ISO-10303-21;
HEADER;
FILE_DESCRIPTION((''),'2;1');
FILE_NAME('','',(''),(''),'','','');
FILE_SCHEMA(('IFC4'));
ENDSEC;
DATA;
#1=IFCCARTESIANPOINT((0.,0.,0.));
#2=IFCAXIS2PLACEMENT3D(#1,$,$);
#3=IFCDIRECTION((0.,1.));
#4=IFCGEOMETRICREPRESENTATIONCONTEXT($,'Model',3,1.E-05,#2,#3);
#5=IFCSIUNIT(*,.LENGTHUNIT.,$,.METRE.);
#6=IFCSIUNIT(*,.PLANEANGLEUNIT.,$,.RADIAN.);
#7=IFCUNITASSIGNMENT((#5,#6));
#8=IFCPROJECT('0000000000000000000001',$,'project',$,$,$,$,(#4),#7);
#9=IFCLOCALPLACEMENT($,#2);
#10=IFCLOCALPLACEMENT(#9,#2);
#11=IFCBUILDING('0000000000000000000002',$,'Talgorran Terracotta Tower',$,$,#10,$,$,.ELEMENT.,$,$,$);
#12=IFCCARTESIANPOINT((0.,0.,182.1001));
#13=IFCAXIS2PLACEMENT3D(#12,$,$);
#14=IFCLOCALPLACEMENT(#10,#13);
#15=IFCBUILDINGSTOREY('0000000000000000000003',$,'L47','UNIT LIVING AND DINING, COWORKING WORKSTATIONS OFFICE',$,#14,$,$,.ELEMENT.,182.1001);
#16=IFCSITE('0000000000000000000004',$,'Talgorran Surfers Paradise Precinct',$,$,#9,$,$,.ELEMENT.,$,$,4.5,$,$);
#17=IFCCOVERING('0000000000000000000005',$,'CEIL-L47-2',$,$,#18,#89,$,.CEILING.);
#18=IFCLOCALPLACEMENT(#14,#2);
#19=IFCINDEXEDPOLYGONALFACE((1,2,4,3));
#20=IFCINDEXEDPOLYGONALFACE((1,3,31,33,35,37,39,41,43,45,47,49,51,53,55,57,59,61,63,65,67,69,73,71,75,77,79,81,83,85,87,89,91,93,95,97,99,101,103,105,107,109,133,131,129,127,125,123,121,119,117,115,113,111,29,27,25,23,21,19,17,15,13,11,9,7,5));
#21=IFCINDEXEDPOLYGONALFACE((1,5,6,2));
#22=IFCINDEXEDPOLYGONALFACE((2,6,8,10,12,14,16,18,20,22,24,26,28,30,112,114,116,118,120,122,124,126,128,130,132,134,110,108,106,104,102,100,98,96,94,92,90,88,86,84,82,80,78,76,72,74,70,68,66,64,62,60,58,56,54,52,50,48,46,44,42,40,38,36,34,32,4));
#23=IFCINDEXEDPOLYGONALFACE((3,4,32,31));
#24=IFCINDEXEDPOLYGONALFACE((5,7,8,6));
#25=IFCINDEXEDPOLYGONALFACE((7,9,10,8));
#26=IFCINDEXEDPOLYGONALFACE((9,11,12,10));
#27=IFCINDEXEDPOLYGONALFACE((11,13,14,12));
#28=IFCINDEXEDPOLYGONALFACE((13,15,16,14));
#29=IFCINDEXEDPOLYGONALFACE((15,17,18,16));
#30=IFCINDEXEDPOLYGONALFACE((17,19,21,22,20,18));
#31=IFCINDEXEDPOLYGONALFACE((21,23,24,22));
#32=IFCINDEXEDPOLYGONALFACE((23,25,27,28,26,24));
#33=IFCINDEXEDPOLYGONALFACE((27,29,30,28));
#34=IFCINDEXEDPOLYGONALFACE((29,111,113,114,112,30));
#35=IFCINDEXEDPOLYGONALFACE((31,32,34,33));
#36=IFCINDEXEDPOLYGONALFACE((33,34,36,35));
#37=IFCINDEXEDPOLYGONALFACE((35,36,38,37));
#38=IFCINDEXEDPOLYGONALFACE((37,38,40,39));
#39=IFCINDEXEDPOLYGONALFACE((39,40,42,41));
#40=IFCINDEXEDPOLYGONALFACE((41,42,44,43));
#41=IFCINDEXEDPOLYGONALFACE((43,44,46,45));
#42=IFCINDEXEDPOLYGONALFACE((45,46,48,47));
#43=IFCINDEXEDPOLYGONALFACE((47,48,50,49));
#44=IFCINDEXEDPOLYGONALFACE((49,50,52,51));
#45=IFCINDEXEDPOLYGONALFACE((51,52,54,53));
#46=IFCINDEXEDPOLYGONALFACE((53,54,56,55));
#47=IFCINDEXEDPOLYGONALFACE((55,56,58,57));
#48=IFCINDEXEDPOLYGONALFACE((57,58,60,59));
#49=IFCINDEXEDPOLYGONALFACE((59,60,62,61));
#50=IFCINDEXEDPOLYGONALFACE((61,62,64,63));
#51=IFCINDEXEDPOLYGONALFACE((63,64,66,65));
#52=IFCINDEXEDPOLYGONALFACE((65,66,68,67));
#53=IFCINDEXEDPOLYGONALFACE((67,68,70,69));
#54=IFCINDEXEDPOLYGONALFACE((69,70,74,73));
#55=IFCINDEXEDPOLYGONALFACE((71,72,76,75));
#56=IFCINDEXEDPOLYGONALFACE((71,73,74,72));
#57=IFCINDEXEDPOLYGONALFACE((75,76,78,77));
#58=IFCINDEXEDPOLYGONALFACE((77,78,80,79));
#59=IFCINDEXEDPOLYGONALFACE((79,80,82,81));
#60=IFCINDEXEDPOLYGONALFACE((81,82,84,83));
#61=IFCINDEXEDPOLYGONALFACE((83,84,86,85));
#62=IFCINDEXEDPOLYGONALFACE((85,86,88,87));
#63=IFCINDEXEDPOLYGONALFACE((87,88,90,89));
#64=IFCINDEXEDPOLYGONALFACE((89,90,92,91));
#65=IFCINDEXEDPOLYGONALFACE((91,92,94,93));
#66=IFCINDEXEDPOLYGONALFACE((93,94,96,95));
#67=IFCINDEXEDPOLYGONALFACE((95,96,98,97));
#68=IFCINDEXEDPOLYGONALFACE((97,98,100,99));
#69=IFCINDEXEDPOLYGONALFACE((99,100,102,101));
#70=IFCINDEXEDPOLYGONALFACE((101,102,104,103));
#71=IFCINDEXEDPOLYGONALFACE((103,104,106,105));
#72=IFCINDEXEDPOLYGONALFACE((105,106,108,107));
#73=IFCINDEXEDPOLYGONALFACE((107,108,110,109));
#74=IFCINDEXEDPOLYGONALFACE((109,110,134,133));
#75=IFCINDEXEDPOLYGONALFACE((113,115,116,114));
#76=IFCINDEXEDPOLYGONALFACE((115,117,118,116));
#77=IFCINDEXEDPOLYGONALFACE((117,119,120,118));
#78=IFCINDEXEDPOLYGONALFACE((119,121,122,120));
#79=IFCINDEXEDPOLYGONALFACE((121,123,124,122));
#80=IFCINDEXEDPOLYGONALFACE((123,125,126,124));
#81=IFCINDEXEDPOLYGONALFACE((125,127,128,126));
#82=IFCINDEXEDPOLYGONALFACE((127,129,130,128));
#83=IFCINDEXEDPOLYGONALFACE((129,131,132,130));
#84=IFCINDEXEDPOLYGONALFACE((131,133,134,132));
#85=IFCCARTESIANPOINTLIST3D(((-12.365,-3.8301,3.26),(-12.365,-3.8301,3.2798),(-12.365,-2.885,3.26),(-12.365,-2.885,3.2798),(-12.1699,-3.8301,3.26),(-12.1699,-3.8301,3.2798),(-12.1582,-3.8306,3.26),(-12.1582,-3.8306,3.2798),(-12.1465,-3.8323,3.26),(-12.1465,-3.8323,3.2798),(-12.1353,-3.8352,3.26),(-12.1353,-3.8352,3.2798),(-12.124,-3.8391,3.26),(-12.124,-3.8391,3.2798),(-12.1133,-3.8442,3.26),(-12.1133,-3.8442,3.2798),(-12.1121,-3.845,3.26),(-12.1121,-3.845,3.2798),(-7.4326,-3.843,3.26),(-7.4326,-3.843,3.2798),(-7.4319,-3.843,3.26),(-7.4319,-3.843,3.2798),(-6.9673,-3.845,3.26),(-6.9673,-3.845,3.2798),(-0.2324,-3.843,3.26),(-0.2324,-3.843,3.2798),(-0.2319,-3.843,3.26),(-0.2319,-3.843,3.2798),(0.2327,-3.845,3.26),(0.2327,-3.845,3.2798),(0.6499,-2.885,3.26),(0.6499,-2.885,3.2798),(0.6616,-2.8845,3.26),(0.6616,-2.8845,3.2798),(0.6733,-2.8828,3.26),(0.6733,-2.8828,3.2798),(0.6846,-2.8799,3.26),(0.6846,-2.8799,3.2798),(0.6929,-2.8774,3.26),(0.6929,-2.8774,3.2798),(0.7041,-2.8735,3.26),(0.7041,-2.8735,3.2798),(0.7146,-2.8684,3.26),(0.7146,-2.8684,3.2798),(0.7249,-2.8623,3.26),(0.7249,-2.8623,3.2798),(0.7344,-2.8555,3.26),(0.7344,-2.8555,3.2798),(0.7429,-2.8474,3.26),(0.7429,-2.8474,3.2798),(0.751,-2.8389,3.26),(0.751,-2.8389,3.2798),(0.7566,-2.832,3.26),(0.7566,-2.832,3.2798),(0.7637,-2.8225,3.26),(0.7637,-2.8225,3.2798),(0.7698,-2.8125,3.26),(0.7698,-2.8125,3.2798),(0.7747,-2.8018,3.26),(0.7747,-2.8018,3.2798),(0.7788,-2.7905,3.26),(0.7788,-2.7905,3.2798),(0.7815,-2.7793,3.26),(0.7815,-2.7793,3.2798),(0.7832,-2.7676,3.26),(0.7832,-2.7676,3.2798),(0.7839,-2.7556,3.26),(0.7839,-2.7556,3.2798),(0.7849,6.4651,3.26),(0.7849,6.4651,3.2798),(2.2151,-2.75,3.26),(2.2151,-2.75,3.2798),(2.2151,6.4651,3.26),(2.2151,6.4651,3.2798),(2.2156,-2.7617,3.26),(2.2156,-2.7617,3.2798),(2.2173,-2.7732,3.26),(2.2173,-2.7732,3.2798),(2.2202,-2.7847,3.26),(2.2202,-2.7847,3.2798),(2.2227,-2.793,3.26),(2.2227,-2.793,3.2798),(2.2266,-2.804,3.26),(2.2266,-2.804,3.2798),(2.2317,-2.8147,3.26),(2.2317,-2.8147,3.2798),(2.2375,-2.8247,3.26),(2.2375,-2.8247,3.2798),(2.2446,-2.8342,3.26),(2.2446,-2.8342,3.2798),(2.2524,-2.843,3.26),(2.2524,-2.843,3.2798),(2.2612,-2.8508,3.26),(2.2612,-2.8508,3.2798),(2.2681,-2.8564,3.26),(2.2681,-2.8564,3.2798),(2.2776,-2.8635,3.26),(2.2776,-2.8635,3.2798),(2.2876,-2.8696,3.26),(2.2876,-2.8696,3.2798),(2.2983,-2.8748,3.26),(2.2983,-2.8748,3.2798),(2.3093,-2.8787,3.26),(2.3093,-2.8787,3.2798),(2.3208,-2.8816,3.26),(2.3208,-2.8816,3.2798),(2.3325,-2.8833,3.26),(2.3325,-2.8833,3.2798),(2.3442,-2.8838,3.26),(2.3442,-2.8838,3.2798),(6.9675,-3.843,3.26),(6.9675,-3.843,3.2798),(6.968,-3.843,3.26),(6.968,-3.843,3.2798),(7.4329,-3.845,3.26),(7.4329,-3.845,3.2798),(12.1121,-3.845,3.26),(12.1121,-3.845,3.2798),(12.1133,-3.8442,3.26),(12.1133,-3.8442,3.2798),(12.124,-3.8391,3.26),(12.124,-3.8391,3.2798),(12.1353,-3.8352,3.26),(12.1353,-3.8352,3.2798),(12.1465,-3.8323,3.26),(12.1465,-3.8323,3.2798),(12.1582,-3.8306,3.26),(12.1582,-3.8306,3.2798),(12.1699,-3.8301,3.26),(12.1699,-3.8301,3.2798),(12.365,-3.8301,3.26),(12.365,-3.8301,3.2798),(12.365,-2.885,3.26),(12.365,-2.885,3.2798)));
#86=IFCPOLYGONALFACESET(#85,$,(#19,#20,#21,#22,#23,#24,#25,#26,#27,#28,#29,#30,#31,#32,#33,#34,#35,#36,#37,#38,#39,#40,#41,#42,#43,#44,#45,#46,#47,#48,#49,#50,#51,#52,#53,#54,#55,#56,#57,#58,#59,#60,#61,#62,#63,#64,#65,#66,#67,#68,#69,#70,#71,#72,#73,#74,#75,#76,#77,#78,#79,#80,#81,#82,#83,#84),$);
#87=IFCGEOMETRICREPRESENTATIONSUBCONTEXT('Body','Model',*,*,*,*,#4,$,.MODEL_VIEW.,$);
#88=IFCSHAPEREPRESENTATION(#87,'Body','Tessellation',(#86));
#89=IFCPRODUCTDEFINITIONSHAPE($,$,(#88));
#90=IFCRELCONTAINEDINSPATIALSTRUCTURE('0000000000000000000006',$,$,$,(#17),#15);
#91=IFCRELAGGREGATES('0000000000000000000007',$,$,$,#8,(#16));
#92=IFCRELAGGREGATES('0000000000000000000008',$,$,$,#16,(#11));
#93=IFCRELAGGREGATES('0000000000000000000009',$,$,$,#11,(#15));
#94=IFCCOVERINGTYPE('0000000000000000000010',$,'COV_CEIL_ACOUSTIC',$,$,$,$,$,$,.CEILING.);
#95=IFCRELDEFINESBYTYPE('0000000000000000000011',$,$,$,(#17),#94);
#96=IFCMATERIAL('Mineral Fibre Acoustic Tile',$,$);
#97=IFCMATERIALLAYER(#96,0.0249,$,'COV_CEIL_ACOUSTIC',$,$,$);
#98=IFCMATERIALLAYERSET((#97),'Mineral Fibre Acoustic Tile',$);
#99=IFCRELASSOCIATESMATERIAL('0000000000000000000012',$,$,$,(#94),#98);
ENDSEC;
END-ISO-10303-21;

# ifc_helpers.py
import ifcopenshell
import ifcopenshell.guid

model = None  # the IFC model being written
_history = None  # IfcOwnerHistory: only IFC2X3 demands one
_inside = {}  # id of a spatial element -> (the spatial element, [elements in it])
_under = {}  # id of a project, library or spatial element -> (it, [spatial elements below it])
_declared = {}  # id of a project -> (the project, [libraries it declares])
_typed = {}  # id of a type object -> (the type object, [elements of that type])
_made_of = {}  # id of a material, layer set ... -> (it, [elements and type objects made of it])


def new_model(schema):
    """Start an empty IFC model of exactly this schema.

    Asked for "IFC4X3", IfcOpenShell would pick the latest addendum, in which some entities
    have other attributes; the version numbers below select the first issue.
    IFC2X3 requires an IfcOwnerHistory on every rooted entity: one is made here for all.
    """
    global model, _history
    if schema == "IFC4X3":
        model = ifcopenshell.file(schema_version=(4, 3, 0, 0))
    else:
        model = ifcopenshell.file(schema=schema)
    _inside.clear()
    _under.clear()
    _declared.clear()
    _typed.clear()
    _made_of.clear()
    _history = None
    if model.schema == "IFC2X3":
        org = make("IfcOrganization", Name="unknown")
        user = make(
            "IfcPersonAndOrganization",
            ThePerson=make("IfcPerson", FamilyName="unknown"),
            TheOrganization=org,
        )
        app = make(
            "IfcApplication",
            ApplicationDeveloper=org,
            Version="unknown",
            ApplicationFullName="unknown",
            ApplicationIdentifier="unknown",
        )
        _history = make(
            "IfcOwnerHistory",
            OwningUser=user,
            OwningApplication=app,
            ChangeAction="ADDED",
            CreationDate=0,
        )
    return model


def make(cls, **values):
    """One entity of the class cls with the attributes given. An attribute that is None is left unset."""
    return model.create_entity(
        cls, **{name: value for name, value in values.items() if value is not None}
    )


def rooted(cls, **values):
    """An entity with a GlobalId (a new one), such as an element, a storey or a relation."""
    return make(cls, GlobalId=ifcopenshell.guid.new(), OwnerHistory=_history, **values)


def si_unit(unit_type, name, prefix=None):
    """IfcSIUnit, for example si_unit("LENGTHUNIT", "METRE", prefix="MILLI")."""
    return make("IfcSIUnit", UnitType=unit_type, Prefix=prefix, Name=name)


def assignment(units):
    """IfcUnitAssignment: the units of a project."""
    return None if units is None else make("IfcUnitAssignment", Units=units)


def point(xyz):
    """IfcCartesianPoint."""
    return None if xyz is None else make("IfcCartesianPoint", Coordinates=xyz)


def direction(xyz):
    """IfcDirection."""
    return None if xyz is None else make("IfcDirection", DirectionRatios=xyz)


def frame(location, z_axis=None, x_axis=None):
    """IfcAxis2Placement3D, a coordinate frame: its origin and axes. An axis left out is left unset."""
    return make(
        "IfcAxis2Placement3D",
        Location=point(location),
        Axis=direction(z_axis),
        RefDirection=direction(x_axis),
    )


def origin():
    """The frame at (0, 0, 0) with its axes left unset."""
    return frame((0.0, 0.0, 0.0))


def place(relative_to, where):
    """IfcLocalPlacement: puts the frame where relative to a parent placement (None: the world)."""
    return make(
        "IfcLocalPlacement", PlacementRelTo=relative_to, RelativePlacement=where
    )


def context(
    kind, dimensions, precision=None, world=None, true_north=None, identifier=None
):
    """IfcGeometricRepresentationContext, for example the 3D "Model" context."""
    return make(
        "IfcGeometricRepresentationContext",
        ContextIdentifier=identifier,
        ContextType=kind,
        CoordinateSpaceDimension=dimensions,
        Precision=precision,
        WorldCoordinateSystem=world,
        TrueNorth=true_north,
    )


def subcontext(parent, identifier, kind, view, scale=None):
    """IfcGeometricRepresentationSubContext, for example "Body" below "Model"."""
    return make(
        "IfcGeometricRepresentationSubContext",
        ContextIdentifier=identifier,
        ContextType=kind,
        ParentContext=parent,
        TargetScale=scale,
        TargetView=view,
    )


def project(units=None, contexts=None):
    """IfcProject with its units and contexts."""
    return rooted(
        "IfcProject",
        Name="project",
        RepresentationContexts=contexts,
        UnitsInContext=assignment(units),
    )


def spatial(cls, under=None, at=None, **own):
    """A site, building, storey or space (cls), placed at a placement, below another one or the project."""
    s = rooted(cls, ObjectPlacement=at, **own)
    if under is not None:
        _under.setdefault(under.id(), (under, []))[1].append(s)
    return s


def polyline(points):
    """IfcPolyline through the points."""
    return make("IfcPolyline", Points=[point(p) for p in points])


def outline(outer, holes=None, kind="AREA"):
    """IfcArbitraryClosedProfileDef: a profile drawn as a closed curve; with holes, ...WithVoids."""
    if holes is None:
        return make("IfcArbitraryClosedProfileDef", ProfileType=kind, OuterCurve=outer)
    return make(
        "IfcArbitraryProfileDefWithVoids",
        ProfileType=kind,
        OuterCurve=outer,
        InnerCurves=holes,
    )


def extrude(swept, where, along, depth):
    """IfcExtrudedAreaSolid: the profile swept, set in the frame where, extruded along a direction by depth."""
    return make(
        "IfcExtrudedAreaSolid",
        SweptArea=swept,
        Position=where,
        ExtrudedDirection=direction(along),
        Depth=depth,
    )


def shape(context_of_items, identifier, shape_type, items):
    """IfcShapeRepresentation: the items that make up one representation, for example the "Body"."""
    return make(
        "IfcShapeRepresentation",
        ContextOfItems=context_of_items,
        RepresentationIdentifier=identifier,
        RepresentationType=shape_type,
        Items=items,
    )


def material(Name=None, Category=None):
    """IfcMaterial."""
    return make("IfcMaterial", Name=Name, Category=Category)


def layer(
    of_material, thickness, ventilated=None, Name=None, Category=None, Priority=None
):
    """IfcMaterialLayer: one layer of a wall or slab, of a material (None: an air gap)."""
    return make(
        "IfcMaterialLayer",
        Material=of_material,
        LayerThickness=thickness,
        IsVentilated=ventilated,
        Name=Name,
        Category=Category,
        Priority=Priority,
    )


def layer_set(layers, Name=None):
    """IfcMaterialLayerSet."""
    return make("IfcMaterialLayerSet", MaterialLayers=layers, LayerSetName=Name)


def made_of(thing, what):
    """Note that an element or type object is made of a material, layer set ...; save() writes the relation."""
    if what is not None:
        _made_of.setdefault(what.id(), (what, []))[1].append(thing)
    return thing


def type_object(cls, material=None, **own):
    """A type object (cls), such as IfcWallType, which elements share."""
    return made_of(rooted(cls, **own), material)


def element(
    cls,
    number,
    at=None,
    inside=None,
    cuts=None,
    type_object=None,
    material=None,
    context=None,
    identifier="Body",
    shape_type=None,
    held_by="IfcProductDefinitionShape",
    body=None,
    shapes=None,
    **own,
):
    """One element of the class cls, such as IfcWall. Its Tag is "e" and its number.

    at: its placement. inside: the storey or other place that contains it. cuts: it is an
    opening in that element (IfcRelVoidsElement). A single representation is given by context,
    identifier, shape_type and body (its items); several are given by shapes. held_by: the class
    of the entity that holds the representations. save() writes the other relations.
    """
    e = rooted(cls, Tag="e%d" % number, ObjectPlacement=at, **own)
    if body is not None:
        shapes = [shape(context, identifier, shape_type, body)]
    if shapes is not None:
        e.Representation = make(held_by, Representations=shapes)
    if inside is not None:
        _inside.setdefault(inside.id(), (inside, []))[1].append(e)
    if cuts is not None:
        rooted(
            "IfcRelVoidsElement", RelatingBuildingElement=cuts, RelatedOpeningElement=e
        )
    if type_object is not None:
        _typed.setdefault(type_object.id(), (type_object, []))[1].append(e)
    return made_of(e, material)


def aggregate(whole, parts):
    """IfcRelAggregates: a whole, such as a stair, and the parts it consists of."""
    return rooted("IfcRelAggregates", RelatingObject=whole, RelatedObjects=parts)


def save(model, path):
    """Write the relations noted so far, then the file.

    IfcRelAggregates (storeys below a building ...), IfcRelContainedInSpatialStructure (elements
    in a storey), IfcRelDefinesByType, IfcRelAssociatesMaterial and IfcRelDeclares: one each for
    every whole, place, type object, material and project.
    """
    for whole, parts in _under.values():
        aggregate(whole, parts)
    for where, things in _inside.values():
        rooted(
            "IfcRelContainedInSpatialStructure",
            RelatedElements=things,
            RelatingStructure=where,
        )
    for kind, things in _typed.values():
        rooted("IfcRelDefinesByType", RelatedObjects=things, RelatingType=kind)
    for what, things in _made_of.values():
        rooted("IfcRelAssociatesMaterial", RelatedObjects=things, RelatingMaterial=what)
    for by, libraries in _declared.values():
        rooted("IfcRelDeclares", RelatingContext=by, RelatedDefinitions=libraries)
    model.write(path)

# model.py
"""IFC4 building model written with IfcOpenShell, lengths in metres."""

from ifc_helpers import new_model, si_unit, direction, frame, origin, place, context, subcontext, project, spatial, polyline, outline, extrude, material, layer, layer_set, type_object, element, save


model = new_model("IFC4")

# Units and contexts
model_context = context("Model", 3, precision=1e-05, world=origin(), true_north=direction((0.0, 1.0)))
body_context = subcontext(model_context, "Body", "Model", "MODEL_VIEW")
ifc_project = project(units=[si_unit("LENGTHUNIT", "METRE"), si_unit("PLANEANGLEUNIT", "RADIAN")], contexts=[model_context])

# Site, building, storey
site_placement = place(None, origin())
site = spatial("IfcSite", under=ifc_project, at=site_placement, Name="Talgorran Surfers Paradise Precinct", CompositionType="ELEMENT", RefElevation=4.5)
building_placement = place(site_placement, origin())
building = spatial("IfcBuilding", under=site, at=building_placement, Name="Talgorran Terracotta Tower", CompositionType="ELEMENT")
storey_placement = place(building_placement, frame((0.0, 0.0, 182.1001)))
storey = spatial("IfcBuildingStorey", under=building, at=storey_placement, Name="L47", Description="UNIT LIVING AND DINING, COWORKING WORKSTATIONS OFFICE", CompositionType="ELEMENT", Elevation=182.1001)

# Covering
ifc_material_1 = material(Name="Mineral Fibre Acoustic Tile")
ifc_layer_1 = layer(ifc_material_1, 0.0249, Name="COV_CEIL_ACOUSTIC")
ifc_layer_set_1 = layer_set([ifc_layer_1], Name="Mineral Fibre Acoustic Tile")
covering_type_1 = type_object("IfcCoveringType", Name="COV_CEIL_ACOUSTIC", PredefinedType="CEILING", material=ifc_layer_set_1)
covering_1_placement = place(storey_placement, frame((0.0, 0.0, 3.26)))
element("IfcCovering", 1, at=covering_1_placement, inside=storey, type_object=covering_type_1, Name="CEIL-L47-2", PredefinedType="CEILING", context=body_context, shape_type="SweptSolid", body=[
    extrude(outline(polyline([(-12.365, -2.885), (0.6499, -2.885), (0.6616, -2.8845), (0.6733, -2.8828), (0.6846, -2.8799), (0.6929, -2.8774), (0.7041, -2.8735), (0.7146, -2.8684), (0.7249, -2.8623), (0.7344, -2.8555), (0.7429, -2.8474), (0.751, -2.8389), (0.7566, -2.832), (0.7637, -2.8225), (0.7698, -2.8125), (0.7747, -2.8018), (0.7788, -2.7905), (0.7815, -2.7793), (0.7832, -2.7676), (0.7839, -2.7556), (0.7849, 6.4651), (2.2151, 6.4651), (2.2151, -2.75), (2.2156, -2.7617), (2.2173, -2.7732), (2.2202, -2.7847), (2.2227, -2.793), (2.2266, -2.804), (2.2317, -2.8147), (2.2375, -2.8247), (2.2446, -2.8342), (2.2524, -2.843), (2.2612, -2.8508), (2.2681, -2.8564), (2.2776, -2.8635), (2.2876, -2.8696), (2.2983, -2.8748), (2.3093, -2.8787), (2.3208, -2.8816), (2.3325, -2.8833), (2.3442, -2.8838), (12.365, -2.885), (12.365, -3.8301), (12.1699, -3.8301), (12.1582, -3.8306), (12.1465, -3.8323), (12.1353, -3.8352), (12.124, -3.8391), (12.1133, -3.8442), (12.1121, -3.845), (7.4329, -3.845), (6.968, -3.843), (6.9675, -3.843), (0.2327, -3.845), (-0.2319, -3.843), (-0.2324, -3.843), (-6.9673, -3.845), (-7.4319, -3.843), (-7.4326, -3.843), (-12.1121, -3.845), (-12.1133, -3.8442), (-12.124, -3.8391), (-12.1353, -3.8352), (-12.1465, -3.8323), (-12.1582, -3.8306), (-12.1699, -3.8301), (-12.365, -3.8301), (-12.365, -2.885)])), origin(), (0.0, 0.0, 1.0), 0.0198),
])

save(model, "model.ifc")
